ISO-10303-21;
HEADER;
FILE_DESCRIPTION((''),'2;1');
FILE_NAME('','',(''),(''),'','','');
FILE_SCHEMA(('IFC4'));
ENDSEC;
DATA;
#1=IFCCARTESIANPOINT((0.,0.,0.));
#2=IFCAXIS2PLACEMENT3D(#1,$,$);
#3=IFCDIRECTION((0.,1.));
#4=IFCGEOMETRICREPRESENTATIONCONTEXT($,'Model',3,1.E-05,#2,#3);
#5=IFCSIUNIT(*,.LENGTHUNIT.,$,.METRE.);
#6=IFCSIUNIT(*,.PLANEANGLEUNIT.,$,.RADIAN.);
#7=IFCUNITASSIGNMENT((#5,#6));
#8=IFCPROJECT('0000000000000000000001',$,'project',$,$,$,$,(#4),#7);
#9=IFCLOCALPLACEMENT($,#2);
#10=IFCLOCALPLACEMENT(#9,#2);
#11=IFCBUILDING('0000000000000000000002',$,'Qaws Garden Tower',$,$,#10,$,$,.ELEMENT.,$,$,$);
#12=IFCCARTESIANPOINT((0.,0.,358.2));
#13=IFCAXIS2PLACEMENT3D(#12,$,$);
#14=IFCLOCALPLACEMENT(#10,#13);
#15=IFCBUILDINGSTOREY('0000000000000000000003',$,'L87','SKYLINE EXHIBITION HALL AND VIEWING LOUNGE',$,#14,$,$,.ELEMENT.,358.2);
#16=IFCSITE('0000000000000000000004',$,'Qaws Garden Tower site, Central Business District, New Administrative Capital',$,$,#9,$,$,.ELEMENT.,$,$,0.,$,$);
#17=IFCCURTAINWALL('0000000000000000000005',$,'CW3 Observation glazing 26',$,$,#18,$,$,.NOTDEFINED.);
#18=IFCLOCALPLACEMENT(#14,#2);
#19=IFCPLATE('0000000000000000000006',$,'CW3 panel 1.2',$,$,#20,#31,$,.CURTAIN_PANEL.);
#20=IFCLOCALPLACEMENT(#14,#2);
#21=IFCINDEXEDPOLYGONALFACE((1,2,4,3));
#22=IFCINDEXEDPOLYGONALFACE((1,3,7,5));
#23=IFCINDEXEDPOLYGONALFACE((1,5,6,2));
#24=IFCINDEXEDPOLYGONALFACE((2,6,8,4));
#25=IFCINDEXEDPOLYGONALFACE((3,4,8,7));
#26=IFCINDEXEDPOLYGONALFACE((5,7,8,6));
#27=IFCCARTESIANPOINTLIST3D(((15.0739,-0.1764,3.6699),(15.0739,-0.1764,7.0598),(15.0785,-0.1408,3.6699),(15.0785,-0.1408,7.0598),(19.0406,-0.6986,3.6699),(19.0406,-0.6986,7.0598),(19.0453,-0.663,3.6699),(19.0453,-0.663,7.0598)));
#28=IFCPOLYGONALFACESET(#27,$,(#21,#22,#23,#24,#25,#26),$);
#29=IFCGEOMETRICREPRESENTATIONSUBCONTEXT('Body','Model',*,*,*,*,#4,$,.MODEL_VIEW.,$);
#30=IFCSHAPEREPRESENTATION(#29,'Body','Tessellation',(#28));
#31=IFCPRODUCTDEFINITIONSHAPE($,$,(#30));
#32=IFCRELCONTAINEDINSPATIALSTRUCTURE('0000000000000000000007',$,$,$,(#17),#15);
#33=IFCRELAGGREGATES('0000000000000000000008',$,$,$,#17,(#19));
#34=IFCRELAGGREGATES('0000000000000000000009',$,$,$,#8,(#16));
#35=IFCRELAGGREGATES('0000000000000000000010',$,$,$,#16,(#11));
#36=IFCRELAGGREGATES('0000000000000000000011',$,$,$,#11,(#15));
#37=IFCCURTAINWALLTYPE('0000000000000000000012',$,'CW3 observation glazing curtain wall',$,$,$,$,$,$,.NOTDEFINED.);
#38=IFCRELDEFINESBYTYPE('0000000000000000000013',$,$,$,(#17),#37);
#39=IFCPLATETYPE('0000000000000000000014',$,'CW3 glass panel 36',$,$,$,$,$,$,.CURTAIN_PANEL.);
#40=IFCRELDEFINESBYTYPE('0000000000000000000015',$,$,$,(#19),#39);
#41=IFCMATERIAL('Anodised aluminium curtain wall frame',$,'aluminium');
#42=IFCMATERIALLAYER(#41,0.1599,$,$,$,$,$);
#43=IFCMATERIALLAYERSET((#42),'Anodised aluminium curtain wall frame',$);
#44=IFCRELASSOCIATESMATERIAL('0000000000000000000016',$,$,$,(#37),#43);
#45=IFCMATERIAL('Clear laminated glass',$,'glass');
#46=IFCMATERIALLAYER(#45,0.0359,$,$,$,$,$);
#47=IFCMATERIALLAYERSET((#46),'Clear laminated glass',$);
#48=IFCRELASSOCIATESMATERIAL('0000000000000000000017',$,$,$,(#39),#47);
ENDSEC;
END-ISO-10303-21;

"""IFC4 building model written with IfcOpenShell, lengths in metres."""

from ifc_helpers import new_model, si_unit, direction, frame, origin, origin_2d, place, context, subcontext, project, spatial, rectangle, extrude, material, layer, layer_set, type_object, element, aggregate, save


model = new_model("IFC4")

# Units and contexts
model_context = context("Model", 3, precision=1e-05, world=origin(), true_north=direction((0.0, 1.0)))
body_context = subcontext(model_context, "Body", "Model", "MODEL_VIEW")
ifc_project = project(units=[si_unit("LENGTHUNIT", "METRE"), si_unit("PLANEANGLEUNIT", "RADIAN")], contexts=[model_context])

# Site, building, storey
site_placement = place(None, origin())
site = spatial("IfcSite", under=ifc_project, at=site_placement, Name="Qaws Garden Tower site, Central Business District, New Administrative Capital", CompositionType="ELEMENT", RefElevation=0.0)
building_placement = place(site_placement, origin())
building = spatial("IfcBuilding", under=site, at=building_placement, Name="Qaws Garden Tower", CompositionType="ELEMENT")
storey_placement = place(building_placement, frame((0.0, 0.0, 358.2)))
storey = spatial("IfcBuildingStorey", under=building, at=storey_placement, Name="L87", Description="SKYLINE EXHIBITION HALL AND VIEWING LOUNGE", CompositionType="ELEMENT", Elevation=358.2)

# Shared definitions
ifc_material_1 = material(Name="Anodised aluminium curtain wall frame", Category="aluminium")
ifc_layer_1 = layer(ifc_material_1, 0.1599)
ifc_layer_set_1 = layer_set([ifc_layer_1], Name="Anodised aluminium curtain wall frame")
curtain_wall_type = type_object("IfcCurtainWallType", Name="CW3 observation glazing curtain wall", PredefinedType="NOTDEFINED", material=ifc_layer_set_1)
placement = place(storey_placement, origin())

# Curtain wall
curtain_wall_1 = element("IfcCurtainWall", 1, at=placement, inside=storey, type_object=curtain_wall_type, Name="CW3 Observation glazing 26", PredefinedType="NOTDEFINED")

# Plate
ifc_material_2 = material(Name="Clear laminated glass", Category="glass")
ifc_layer_2 = layer(ifc_material_2, 0.0359)
ifc_layer_set_2 = layer_set([ifc_layer_2], Name="Clear laminated glass")
plate_type = type_object("IfcPlateType", Name="CW3 glass panel 36", PredefinedType="CURTAIN_PANEL", material=ifc_layer_set_2)
plate_1_placement = place(storey_placement, frame((17.0596, -0.4197, 3.6699), z_axis=(0.0, 0.0, 1.0), x_axis=(0.991445, -0.130526, 0.0)))
plate_1 = element("IfcPlate", 2, at=plate_1_placement, type_object=plate_type, Name="CW3 panel 1.2", PredefinedType="CURTAIN_PANEL", context=body_context, shape_type="SweptSolid", body=[
    extrude(rectangle(XDim=4.001, YDim=0.0359, at=origin_2d()), origin(), (0.0, 0.0, 1.0), 3.3899),
])
aggregate(curtain_wall_1, [plate_1])

save(model, "model.ifc")
